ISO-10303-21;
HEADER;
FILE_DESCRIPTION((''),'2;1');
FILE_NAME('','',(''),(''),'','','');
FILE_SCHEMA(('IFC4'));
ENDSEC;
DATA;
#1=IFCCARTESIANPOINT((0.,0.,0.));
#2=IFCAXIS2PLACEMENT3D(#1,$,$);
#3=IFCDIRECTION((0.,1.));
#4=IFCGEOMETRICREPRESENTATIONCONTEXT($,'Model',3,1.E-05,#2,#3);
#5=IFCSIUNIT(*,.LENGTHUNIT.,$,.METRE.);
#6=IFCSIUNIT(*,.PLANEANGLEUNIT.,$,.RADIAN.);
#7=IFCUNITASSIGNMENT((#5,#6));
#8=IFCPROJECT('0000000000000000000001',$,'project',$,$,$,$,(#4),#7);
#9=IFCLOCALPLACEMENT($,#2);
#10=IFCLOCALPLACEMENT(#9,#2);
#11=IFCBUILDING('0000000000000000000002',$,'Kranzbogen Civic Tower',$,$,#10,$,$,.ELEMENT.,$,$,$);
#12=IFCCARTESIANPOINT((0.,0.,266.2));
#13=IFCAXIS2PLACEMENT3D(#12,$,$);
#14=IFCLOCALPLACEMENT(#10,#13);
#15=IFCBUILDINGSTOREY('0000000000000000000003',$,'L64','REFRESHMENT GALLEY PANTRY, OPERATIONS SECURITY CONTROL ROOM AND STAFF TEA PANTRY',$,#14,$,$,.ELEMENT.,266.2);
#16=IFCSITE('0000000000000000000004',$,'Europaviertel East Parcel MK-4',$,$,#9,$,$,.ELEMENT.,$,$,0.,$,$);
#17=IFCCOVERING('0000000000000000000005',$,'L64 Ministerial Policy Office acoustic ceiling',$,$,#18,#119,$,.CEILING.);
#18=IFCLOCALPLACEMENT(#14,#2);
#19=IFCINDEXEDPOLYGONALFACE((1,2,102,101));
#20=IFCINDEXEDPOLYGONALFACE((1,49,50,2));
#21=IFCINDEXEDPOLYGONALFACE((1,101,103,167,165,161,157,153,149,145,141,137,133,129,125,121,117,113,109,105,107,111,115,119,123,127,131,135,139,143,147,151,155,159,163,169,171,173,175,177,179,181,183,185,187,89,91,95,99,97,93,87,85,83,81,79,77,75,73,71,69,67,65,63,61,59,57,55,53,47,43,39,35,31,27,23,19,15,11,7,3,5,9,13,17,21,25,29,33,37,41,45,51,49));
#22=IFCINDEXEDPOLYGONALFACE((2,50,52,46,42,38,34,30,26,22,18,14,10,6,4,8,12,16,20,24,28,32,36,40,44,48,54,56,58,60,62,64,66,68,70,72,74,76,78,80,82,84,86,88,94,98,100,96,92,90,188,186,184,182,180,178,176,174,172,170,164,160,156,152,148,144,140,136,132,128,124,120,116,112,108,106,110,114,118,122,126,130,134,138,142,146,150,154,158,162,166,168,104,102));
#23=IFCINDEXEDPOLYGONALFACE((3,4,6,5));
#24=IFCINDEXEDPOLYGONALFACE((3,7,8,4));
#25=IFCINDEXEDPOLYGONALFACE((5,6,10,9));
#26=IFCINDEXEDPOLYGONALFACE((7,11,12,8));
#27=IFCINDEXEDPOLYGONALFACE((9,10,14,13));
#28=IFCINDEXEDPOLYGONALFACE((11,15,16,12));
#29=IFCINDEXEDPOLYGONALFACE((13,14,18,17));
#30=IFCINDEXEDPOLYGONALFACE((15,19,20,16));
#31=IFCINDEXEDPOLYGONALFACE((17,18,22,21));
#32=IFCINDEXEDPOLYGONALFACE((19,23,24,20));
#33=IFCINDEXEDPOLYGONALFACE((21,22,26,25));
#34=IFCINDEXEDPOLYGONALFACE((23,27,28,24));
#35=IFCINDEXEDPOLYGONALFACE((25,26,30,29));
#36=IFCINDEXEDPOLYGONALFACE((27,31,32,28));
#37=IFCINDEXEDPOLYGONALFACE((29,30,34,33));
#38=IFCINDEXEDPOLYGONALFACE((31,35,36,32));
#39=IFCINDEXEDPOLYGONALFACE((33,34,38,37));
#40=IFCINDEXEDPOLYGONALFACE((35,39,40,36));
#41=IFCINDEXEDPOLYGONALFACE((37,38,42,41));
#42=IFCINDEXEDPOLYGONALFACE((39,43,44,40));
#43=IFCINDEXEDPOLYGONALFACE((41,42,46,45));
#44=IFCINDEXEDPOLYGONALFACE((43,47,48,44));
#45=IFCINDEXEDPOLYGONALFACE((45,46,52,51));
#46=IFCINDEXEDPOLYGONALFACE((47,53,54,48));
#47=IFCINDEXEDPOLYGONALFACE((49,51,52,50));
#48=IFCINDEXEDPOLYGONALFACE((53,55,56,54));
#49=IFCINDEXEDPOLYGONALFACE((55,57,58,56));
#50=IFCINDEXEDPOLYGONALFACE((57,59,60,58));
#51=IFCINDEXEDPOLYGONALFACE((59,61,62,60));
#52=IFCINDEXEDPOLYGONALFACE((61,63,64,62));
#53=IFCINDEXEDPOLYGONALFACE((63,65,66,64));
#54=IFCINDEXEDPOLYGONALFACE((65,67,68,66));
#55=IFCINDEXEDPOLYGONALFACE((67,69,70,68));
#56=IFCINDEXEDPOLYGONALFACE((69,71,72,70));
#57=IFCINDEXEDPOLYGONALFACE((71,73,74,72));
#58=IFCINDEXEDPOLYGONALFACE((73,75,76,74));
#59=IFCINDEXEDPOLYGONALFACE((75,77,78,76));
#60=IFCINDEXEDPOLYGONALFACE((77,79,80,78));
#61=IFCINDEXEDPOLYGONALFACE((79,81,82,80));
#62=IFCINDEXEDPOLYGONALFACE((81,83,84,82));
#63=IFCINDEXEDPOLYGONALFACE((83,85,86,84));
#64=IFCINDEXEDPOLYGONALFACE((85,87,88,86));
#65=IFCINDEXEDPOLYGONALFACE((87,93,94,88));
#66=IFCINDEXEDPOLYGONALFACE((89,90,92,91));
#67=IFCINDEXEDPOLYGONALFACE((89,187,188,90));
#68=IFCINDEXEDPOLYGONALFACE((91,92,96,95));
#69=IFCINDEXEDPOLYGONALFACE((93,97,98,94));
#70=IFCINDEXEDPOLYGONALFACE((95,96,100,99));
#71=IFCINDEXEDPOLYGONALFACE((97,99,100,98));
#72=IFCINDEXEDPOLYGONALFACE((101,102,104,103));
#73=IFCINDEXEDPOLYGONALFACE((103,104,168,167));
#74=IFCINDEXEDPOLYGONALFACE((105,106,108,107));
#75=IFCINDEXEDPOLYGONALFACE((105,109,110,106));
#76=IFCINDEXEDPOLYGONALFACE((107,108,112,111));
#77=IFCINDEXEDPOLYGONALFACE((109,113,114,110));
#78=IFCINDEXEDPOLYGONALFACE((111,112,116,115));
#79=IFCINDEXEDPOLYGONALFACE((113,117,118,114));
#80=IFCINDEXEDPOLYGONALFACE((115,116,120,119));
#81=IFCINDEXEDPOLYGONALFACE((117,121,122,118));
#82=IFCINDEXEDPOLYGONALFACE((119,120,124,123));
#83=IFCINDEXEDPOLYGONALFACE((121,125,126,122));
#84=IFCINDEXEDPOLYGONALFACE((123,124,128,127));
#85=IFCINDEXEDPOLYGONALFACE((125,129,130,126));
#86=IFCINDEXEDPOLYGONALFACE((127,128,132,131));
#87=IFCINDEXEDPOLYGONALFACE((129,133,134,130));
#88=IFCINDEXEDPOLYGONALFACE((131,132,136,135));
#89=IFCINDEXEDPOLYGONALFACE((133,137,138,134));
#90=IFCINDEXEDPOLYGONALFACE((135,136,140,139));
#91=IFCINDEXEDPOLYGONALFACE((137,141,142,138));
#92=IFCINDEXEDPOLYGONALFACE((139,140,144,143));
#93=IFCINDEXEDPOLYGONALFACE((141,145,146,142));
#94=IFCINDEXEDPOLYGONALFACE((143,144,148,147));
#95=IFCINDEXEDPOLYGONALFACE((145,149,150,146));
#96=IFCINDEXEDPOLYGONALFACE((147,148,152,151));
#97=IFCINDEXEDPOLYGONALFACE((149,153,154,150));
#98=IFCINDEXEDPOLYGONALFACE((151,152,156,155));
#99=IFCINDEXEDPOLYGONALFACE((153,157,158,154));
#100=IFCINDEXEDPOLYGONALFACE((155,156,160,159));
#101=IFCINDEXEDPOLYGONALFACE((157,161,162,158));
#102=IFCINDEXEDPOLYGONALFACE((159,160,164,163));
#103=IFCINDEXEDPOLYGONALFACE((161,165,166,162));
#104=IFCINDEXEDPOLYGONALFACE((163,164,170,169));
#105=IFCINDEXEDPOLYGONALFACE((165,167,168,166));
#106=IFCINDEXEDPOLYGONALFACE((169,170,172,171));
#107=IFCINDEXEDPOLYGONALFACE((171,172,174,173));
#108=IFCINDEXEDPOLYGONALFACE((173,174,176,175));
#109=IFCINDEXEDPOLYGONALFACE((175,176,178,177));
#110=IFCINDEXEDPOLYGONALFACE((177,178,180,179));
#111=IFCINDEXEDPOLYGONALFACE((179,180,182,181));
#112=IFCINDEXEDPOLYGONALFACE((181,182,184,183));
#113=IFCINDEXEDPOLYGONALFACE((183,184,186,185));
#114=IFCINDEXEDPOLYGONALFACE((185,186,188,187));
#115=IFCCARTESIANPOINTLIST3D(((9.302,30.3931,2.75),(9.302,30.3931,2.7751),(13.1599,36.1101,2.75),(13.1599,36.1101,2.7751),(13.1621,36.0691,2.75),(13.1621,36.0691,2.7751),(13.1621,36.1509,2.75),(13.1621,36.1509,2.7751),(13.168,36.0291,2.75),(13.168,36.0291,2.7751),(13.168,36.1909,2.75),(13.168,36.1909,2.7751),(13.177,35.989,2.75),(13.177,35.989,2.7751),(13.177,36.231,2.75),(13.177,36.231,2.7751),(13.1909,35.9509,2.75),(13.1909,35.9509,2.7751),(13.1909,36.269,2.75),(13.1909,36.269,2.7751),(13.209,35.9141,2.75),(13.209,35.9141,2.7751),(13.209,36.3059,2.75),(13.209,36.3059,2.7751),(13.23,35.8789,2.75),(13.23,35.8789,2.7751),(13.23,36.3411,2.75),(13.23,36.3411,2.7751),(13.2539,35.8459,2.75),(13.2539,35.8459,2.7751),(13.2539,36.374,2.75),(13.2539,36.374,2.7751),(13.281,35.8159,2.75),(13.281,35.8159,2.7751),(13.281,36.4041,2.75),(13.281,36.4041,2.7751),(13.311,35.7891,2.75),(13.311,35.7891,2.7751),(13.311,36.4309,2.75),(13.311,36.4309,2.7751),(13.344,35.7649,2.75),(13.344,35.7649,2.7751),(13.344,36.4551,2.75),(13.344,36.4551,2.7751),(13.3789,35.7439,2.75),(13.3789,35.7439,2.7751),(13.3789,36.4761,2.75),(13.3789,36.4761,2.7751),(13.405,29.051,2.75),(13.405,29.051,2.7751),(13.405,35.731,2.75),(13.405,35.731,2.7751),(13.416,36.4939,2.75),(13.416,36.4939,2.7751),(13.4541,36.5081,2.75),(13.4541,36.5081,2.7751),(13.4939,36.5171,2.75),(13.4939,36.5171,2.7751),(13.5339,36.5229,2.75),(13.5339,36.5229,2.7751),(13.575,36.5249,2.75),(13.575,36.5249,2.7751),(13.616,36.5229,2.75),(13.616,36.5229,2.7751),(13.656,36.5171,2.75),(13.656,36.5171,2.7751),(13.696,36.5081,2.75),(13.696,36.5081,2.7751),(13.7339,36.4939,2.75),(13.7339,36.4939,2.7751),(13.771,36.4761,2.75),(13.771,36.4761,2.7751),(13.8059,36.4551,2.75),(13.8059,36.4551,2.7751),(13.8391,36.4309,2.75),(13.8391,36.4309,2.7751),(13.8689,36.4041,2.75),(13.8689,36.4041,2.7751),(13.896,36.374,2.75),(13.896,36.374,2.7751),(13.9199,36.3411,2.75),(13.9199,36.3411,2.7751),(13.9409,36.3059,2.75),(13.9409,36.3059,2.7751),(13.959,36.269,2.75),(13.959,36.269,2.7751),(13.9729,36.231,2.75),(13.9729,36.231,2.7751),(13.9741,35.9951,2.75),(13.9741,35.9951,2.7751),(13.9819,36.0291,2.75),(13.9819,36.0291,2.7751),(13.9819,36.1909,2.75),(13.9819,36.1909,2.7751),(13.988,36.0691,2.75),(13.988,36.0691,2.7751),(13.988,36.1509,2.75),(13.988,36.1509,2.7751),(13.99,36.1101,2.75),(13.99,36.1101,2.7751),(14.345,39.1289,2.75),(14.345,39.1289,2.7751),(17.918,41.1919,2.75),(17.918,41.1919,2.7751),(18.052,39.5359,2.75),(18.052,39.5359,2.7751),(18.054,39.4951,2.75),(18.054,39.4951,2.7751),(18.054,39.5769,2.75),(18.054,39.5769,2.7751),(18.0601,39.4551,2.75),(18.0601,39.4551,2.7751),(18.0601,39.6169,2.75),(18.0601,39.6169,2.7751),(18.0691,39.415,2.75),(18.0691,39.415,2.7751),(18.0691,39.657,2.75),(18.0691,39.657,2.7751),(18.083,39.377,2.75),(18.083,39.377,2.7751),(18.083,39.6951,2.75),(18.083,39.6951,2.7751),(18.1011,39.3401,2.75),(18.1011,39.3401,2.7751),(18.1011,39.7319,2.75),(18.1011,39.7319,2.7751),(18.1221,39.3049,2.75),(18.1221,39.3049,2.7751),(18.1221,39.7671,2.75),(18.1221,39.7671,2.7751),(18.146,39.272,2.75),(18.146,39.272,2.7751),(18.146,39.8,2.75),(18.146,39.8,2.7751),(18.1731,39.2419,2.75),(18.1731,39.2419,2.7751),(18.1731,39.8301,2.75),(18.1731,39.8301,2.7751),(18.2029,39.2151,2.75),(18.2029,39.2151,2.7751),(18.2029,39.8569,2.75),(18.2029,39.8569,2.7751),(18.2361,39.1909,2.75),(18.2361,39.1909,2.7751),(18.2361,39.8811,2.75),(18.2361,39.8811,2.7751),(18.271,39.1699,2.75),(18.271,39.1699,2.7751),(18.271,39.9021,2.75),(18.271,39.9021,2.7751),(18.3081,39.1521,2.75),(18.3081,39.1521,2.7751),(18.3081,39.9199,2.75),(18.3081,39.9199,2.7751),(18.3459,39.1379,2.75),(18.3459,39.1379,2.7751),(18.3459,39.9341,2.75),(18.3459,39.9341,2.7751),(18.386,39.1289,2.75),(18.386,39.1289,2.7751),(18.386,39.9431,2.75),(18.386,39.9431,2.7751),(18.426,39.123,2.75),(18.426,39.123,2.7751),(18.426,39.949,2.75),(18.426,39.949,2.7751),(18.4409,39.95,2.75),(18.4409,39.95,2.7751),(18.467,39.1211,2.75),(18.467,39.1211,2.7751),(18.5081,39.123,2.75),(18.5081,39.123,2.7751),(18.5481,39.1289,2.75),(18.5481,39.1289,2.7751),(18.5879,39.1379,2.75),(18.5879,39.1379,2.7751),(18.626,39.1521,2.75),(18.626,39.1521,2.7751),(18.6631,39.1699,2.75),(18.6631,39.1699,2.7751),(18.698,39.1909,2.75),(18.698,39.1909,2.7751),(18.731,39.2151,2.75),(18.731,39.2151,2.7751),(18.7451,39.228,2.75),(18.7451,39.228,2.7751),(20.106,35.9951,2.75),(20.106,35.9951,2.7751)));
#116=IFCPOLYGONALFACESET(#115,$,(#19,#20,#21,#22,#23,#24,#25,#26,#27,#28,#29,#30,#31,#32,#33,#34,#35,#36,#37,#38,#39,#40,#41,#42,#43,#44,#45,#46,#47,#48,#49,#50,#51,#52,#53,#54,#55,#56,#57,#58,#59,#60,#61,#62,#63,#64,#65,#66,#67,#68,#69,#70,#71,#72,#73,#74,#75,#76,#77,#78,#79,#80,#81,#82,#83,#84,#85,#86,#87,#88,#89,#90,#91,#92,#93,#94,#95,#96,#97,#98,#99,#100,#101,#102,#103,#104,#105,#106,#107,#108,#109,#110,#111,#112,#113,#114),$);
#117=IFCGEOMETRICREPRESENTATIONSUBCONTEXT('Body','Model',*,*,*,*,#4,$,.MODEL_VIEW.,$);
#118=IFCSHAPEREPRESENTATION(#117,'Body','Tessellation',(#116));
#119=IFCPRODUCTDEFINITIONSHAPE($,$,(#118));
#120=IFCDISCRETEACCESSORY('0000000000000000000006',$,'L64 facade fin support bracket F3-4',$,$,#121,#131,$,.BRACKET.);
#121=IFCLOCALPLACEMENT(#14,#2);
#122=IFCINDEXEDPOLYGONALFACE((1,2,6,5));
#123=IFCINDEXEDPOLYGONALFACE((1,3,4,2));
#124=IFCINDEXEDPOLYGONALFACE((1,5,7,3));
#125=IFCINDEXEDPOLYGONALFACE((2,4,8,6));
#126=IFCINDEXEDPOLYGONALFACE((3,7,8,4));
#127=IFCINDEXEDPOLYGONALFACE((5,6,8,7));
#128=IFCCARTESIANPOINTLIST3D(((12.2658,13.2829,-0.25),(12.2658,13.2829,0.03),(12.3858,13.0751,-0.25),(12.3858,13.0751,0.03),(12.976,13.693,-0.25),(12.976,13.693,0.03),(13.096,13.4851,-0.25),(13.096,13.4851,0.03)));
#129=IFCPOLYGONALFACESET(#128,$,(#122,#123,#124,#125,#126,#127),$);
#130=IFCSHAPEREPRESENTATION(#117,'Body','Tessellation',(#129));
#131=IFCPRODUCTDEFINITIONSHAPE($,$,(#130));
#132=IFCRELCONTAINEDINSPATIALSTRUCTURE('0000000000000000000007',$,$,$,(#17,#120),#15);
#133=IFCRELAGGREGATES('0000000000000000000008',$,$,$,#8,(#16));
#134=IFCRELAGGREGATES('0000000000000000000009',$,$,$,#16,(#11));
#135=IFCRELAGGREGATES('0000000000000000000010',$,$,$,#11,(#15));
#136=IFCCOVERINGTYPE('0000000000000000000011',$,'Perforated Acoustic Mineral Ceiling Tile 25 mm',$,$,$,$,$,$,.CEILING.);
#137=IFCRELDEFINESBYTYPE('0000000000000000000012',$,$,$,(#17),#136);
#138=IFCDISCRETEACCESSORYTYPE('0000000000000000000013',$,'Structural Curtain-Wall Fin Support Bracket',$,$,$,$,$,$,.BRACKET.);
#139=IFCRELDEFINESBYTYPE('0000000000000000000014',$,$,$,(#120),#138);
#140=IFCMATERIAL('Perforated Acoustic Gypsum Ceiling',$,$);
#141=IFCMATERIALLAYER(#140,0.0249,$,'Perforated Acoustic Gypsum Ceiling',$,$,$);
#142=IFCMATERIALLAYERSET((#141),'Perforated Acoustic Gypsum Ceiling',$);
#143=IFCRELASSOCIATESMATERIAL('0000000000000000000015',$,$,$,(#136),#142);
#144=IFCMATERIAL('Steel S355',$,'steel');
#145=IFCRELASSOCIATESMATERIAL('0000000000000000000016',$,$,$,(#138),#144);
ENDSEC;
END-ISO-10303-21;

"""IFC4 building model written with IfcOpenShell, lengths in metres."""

from ifc_helpers import new_model, si_unit, direction, frame, origin, origin_2d, place, context, subcontext, project, spatial, polyline, rectangle, outline, extrude, material, layer, layer_set, type_object, element, save


model = new_model("IFC4")

# Units and contexts
model_context = context("Model", 3, precision=1e-05, world=origin(), true_north=direction((0.0, 1.0)))
body_context = subcontext(model_context, "Body", "Model", "MODEL_VIEW")
ifc_project = project(units=[si_unit("LENGTHUNIT", "METRE"), si_unit("PLANEANGLEUNIT", "RADIAN")], contexts=[model_context])

# Site, building, storey
site_placement = place(None, origin())
site = spatial("IfcSite", under=ifc_project, at=site_placement, Name="Europaviertel East Parcel MK-4", CompositionType="ELEMENT", RefElevation=0.0)
building_placement = place(site_placement, origin())
building = spatial("IfcBuilding", under=site, at=building_placement, Name="Kranzbogen Civic Tower", CompositionType="ELEMENT")
storey_placement = place(building_placement, frame((0.0, 0.0, 266.2)))
storey = spatial("IfcBuildingStorey", under=building, at=storey_placement, Name="L64", Description="REFRESHMENT GALLEY PANTRY, OPERATIONS SECURITY CONTROL ROOM AND STAFF TEA PANTRY", CompositionType="ELEMENT", Elevation=266.2)

# Shared definitions
ifc_material_1 = material(Name="Steel S355", Category="steel")

# Covering
ifc_material_2 = material(Name="Perforated Acoustic Gypsum Ceiling")
ifc_layer_1 = layer(ifc_material_2, 0.0249, Name="Perforated Acoustic Gypsum Ceiling")
ifc_layer_set_1 = layer_set([ifc_layer_1], Name="Perforated Acoustic Gypsum Ceiling")
covering_type_1 = type_object("IfcCoveringType", Name="Perforated Acoustic Mineral Ceiling Tile 25 mm", PredefinedType="CEILING", material=ifc_layer_set_1)
covering_1_placement = place(storey_placement, frame((0.0, 0.0, 2.75)))
element("IfcCovering", 1, at=covering_1_placement, inside=storey, type_object=covering_type_1, Name="L64 Ministerial Policy Office acoustic ceiling", PredefinedType="CEILING", context=body_context, shape_type="SweptSolid", body=[
    extrude(outline(polyline([(17.918, 41.1919), (18.4409, 39.95), (18.426, 39.949), (18.386, 39.9431), (18.3459, 39.9341), (18.3081, 39.9199), (18.271, 39.9021), (18.2361, 39.8811), (18.2029, 39.8569), (18.1731, 39.8301), (18.146, 39.8), (18.1221, 39.7671), (18.1011, 39.7319), (18.083, 39.6951), (18.0691, 39.657), (18.0601, 39.6169), (18.054, 39.5769), (18.052, 39.5359), (18.054, 39.4951), (18.0601, 39.4551), (18.0691, 39.415), (18.083, 39.377), (18.1011, 39.3401), (18.1221, 39.3049), (18.146, 39.272), (18.1731, 39.2419), (18.2029, 39.2151), (18.2361, 39.1909), (18.271, 39.1699), (18.3081, 39.1521), (18.3459, 39.1379), (18.386, 39.1289), (18.426, 39.123), (18.467, 39.1211), (18.5081, 39.123), (18.5481, 39.1289), (18.5879, 39.1379), (18.626, 39.1521), (18.6631, 39.1699), (18.698, 39.1909), (18.731, 39.2151), (18.7451, 39.228), (20.106, 35.9951), (13.9741, 35.9951), (13.9819, 36.0291), (13.988, 36.0691), (13.99, 36.1101), (13.988, 36.1509), (13.9819, 36.1909), (13.9729, 36.231), (13.959, 36.269), (13.9409, 36.3059), (13.9199, 36.3411), (13.896, 36.374), (13.8689, 36.4041), (13.8391, 36.4309), (13.8059, 36.4551), (13.771, 36.4761), (13.7339, 36.4939), (13.696, 36.5081), (13.656, 36.5171), (13.616, 36.5229), (13.575, 36.5249), (13.5339, 36.5229), (13.4939, 36.5171), (13.4541, 36.5081), (13.416, 36.4939), (13.3789, 36.4761), (13.344, 36.4551), (13.311, 36.4309), (13.281, 36.4041), (13.2539, 36.374), (13.23, 36.3411), (13.209, 36.3059), (13.1909, 36.269), (13.177, 36.231), (13.168, 36.1909), (13.1621, 36.1509), (13.1599, 36.1101), (13.1621, 36.0691), (13.168, 36.0291), (13.177, 35.989), (13.1909, 35.9509), (13.209, 35.9141), (13.23, 35.8789), (13.2539, 35.8459), (13.281, 35.8159), (13.311, 35.7891), (13.344, 35.7649), (13.3789, 35.7439), (13.405, 35.731), (13.405, 29.051), (9.302, 30.3931), (14.345, 39.1289), (17.918, 41.1919)])), origin(), (0.0, 0.0, 1.0), 0.0251),
])

# Discrete accessory
discrete_accessory_type = type_object("IfcDiscreteAccessoryType", Name="Structural Curtain-Wall Fin Support Bracket", PredefinedType="BRACKET", material=ifc_material_1)
discrete_accessory_placement = place(storey_placement, frame((12.6809, 13.384, -0.25), z_axis=(0.0, 0.0, 1.0), x_axis=(-0.866025, -0.5, 0.0)))
element("IfcDiscreteAccessory", 2, at=discrete_accessory_placement, inside=storey, type_object=discrete_accessory_type, Name="L64 facade fin support bracket F3-4", PredefinedType="BRACKET", context=body_context, shape_type="SweptSolid", body=[
    extrude(rectangle(XDim=0.8201, YDim=0.24, at=origin_2d()), origin(), (0.0, 0.0, 1.0), 0.28),
])

save(model, "model.ifc")
